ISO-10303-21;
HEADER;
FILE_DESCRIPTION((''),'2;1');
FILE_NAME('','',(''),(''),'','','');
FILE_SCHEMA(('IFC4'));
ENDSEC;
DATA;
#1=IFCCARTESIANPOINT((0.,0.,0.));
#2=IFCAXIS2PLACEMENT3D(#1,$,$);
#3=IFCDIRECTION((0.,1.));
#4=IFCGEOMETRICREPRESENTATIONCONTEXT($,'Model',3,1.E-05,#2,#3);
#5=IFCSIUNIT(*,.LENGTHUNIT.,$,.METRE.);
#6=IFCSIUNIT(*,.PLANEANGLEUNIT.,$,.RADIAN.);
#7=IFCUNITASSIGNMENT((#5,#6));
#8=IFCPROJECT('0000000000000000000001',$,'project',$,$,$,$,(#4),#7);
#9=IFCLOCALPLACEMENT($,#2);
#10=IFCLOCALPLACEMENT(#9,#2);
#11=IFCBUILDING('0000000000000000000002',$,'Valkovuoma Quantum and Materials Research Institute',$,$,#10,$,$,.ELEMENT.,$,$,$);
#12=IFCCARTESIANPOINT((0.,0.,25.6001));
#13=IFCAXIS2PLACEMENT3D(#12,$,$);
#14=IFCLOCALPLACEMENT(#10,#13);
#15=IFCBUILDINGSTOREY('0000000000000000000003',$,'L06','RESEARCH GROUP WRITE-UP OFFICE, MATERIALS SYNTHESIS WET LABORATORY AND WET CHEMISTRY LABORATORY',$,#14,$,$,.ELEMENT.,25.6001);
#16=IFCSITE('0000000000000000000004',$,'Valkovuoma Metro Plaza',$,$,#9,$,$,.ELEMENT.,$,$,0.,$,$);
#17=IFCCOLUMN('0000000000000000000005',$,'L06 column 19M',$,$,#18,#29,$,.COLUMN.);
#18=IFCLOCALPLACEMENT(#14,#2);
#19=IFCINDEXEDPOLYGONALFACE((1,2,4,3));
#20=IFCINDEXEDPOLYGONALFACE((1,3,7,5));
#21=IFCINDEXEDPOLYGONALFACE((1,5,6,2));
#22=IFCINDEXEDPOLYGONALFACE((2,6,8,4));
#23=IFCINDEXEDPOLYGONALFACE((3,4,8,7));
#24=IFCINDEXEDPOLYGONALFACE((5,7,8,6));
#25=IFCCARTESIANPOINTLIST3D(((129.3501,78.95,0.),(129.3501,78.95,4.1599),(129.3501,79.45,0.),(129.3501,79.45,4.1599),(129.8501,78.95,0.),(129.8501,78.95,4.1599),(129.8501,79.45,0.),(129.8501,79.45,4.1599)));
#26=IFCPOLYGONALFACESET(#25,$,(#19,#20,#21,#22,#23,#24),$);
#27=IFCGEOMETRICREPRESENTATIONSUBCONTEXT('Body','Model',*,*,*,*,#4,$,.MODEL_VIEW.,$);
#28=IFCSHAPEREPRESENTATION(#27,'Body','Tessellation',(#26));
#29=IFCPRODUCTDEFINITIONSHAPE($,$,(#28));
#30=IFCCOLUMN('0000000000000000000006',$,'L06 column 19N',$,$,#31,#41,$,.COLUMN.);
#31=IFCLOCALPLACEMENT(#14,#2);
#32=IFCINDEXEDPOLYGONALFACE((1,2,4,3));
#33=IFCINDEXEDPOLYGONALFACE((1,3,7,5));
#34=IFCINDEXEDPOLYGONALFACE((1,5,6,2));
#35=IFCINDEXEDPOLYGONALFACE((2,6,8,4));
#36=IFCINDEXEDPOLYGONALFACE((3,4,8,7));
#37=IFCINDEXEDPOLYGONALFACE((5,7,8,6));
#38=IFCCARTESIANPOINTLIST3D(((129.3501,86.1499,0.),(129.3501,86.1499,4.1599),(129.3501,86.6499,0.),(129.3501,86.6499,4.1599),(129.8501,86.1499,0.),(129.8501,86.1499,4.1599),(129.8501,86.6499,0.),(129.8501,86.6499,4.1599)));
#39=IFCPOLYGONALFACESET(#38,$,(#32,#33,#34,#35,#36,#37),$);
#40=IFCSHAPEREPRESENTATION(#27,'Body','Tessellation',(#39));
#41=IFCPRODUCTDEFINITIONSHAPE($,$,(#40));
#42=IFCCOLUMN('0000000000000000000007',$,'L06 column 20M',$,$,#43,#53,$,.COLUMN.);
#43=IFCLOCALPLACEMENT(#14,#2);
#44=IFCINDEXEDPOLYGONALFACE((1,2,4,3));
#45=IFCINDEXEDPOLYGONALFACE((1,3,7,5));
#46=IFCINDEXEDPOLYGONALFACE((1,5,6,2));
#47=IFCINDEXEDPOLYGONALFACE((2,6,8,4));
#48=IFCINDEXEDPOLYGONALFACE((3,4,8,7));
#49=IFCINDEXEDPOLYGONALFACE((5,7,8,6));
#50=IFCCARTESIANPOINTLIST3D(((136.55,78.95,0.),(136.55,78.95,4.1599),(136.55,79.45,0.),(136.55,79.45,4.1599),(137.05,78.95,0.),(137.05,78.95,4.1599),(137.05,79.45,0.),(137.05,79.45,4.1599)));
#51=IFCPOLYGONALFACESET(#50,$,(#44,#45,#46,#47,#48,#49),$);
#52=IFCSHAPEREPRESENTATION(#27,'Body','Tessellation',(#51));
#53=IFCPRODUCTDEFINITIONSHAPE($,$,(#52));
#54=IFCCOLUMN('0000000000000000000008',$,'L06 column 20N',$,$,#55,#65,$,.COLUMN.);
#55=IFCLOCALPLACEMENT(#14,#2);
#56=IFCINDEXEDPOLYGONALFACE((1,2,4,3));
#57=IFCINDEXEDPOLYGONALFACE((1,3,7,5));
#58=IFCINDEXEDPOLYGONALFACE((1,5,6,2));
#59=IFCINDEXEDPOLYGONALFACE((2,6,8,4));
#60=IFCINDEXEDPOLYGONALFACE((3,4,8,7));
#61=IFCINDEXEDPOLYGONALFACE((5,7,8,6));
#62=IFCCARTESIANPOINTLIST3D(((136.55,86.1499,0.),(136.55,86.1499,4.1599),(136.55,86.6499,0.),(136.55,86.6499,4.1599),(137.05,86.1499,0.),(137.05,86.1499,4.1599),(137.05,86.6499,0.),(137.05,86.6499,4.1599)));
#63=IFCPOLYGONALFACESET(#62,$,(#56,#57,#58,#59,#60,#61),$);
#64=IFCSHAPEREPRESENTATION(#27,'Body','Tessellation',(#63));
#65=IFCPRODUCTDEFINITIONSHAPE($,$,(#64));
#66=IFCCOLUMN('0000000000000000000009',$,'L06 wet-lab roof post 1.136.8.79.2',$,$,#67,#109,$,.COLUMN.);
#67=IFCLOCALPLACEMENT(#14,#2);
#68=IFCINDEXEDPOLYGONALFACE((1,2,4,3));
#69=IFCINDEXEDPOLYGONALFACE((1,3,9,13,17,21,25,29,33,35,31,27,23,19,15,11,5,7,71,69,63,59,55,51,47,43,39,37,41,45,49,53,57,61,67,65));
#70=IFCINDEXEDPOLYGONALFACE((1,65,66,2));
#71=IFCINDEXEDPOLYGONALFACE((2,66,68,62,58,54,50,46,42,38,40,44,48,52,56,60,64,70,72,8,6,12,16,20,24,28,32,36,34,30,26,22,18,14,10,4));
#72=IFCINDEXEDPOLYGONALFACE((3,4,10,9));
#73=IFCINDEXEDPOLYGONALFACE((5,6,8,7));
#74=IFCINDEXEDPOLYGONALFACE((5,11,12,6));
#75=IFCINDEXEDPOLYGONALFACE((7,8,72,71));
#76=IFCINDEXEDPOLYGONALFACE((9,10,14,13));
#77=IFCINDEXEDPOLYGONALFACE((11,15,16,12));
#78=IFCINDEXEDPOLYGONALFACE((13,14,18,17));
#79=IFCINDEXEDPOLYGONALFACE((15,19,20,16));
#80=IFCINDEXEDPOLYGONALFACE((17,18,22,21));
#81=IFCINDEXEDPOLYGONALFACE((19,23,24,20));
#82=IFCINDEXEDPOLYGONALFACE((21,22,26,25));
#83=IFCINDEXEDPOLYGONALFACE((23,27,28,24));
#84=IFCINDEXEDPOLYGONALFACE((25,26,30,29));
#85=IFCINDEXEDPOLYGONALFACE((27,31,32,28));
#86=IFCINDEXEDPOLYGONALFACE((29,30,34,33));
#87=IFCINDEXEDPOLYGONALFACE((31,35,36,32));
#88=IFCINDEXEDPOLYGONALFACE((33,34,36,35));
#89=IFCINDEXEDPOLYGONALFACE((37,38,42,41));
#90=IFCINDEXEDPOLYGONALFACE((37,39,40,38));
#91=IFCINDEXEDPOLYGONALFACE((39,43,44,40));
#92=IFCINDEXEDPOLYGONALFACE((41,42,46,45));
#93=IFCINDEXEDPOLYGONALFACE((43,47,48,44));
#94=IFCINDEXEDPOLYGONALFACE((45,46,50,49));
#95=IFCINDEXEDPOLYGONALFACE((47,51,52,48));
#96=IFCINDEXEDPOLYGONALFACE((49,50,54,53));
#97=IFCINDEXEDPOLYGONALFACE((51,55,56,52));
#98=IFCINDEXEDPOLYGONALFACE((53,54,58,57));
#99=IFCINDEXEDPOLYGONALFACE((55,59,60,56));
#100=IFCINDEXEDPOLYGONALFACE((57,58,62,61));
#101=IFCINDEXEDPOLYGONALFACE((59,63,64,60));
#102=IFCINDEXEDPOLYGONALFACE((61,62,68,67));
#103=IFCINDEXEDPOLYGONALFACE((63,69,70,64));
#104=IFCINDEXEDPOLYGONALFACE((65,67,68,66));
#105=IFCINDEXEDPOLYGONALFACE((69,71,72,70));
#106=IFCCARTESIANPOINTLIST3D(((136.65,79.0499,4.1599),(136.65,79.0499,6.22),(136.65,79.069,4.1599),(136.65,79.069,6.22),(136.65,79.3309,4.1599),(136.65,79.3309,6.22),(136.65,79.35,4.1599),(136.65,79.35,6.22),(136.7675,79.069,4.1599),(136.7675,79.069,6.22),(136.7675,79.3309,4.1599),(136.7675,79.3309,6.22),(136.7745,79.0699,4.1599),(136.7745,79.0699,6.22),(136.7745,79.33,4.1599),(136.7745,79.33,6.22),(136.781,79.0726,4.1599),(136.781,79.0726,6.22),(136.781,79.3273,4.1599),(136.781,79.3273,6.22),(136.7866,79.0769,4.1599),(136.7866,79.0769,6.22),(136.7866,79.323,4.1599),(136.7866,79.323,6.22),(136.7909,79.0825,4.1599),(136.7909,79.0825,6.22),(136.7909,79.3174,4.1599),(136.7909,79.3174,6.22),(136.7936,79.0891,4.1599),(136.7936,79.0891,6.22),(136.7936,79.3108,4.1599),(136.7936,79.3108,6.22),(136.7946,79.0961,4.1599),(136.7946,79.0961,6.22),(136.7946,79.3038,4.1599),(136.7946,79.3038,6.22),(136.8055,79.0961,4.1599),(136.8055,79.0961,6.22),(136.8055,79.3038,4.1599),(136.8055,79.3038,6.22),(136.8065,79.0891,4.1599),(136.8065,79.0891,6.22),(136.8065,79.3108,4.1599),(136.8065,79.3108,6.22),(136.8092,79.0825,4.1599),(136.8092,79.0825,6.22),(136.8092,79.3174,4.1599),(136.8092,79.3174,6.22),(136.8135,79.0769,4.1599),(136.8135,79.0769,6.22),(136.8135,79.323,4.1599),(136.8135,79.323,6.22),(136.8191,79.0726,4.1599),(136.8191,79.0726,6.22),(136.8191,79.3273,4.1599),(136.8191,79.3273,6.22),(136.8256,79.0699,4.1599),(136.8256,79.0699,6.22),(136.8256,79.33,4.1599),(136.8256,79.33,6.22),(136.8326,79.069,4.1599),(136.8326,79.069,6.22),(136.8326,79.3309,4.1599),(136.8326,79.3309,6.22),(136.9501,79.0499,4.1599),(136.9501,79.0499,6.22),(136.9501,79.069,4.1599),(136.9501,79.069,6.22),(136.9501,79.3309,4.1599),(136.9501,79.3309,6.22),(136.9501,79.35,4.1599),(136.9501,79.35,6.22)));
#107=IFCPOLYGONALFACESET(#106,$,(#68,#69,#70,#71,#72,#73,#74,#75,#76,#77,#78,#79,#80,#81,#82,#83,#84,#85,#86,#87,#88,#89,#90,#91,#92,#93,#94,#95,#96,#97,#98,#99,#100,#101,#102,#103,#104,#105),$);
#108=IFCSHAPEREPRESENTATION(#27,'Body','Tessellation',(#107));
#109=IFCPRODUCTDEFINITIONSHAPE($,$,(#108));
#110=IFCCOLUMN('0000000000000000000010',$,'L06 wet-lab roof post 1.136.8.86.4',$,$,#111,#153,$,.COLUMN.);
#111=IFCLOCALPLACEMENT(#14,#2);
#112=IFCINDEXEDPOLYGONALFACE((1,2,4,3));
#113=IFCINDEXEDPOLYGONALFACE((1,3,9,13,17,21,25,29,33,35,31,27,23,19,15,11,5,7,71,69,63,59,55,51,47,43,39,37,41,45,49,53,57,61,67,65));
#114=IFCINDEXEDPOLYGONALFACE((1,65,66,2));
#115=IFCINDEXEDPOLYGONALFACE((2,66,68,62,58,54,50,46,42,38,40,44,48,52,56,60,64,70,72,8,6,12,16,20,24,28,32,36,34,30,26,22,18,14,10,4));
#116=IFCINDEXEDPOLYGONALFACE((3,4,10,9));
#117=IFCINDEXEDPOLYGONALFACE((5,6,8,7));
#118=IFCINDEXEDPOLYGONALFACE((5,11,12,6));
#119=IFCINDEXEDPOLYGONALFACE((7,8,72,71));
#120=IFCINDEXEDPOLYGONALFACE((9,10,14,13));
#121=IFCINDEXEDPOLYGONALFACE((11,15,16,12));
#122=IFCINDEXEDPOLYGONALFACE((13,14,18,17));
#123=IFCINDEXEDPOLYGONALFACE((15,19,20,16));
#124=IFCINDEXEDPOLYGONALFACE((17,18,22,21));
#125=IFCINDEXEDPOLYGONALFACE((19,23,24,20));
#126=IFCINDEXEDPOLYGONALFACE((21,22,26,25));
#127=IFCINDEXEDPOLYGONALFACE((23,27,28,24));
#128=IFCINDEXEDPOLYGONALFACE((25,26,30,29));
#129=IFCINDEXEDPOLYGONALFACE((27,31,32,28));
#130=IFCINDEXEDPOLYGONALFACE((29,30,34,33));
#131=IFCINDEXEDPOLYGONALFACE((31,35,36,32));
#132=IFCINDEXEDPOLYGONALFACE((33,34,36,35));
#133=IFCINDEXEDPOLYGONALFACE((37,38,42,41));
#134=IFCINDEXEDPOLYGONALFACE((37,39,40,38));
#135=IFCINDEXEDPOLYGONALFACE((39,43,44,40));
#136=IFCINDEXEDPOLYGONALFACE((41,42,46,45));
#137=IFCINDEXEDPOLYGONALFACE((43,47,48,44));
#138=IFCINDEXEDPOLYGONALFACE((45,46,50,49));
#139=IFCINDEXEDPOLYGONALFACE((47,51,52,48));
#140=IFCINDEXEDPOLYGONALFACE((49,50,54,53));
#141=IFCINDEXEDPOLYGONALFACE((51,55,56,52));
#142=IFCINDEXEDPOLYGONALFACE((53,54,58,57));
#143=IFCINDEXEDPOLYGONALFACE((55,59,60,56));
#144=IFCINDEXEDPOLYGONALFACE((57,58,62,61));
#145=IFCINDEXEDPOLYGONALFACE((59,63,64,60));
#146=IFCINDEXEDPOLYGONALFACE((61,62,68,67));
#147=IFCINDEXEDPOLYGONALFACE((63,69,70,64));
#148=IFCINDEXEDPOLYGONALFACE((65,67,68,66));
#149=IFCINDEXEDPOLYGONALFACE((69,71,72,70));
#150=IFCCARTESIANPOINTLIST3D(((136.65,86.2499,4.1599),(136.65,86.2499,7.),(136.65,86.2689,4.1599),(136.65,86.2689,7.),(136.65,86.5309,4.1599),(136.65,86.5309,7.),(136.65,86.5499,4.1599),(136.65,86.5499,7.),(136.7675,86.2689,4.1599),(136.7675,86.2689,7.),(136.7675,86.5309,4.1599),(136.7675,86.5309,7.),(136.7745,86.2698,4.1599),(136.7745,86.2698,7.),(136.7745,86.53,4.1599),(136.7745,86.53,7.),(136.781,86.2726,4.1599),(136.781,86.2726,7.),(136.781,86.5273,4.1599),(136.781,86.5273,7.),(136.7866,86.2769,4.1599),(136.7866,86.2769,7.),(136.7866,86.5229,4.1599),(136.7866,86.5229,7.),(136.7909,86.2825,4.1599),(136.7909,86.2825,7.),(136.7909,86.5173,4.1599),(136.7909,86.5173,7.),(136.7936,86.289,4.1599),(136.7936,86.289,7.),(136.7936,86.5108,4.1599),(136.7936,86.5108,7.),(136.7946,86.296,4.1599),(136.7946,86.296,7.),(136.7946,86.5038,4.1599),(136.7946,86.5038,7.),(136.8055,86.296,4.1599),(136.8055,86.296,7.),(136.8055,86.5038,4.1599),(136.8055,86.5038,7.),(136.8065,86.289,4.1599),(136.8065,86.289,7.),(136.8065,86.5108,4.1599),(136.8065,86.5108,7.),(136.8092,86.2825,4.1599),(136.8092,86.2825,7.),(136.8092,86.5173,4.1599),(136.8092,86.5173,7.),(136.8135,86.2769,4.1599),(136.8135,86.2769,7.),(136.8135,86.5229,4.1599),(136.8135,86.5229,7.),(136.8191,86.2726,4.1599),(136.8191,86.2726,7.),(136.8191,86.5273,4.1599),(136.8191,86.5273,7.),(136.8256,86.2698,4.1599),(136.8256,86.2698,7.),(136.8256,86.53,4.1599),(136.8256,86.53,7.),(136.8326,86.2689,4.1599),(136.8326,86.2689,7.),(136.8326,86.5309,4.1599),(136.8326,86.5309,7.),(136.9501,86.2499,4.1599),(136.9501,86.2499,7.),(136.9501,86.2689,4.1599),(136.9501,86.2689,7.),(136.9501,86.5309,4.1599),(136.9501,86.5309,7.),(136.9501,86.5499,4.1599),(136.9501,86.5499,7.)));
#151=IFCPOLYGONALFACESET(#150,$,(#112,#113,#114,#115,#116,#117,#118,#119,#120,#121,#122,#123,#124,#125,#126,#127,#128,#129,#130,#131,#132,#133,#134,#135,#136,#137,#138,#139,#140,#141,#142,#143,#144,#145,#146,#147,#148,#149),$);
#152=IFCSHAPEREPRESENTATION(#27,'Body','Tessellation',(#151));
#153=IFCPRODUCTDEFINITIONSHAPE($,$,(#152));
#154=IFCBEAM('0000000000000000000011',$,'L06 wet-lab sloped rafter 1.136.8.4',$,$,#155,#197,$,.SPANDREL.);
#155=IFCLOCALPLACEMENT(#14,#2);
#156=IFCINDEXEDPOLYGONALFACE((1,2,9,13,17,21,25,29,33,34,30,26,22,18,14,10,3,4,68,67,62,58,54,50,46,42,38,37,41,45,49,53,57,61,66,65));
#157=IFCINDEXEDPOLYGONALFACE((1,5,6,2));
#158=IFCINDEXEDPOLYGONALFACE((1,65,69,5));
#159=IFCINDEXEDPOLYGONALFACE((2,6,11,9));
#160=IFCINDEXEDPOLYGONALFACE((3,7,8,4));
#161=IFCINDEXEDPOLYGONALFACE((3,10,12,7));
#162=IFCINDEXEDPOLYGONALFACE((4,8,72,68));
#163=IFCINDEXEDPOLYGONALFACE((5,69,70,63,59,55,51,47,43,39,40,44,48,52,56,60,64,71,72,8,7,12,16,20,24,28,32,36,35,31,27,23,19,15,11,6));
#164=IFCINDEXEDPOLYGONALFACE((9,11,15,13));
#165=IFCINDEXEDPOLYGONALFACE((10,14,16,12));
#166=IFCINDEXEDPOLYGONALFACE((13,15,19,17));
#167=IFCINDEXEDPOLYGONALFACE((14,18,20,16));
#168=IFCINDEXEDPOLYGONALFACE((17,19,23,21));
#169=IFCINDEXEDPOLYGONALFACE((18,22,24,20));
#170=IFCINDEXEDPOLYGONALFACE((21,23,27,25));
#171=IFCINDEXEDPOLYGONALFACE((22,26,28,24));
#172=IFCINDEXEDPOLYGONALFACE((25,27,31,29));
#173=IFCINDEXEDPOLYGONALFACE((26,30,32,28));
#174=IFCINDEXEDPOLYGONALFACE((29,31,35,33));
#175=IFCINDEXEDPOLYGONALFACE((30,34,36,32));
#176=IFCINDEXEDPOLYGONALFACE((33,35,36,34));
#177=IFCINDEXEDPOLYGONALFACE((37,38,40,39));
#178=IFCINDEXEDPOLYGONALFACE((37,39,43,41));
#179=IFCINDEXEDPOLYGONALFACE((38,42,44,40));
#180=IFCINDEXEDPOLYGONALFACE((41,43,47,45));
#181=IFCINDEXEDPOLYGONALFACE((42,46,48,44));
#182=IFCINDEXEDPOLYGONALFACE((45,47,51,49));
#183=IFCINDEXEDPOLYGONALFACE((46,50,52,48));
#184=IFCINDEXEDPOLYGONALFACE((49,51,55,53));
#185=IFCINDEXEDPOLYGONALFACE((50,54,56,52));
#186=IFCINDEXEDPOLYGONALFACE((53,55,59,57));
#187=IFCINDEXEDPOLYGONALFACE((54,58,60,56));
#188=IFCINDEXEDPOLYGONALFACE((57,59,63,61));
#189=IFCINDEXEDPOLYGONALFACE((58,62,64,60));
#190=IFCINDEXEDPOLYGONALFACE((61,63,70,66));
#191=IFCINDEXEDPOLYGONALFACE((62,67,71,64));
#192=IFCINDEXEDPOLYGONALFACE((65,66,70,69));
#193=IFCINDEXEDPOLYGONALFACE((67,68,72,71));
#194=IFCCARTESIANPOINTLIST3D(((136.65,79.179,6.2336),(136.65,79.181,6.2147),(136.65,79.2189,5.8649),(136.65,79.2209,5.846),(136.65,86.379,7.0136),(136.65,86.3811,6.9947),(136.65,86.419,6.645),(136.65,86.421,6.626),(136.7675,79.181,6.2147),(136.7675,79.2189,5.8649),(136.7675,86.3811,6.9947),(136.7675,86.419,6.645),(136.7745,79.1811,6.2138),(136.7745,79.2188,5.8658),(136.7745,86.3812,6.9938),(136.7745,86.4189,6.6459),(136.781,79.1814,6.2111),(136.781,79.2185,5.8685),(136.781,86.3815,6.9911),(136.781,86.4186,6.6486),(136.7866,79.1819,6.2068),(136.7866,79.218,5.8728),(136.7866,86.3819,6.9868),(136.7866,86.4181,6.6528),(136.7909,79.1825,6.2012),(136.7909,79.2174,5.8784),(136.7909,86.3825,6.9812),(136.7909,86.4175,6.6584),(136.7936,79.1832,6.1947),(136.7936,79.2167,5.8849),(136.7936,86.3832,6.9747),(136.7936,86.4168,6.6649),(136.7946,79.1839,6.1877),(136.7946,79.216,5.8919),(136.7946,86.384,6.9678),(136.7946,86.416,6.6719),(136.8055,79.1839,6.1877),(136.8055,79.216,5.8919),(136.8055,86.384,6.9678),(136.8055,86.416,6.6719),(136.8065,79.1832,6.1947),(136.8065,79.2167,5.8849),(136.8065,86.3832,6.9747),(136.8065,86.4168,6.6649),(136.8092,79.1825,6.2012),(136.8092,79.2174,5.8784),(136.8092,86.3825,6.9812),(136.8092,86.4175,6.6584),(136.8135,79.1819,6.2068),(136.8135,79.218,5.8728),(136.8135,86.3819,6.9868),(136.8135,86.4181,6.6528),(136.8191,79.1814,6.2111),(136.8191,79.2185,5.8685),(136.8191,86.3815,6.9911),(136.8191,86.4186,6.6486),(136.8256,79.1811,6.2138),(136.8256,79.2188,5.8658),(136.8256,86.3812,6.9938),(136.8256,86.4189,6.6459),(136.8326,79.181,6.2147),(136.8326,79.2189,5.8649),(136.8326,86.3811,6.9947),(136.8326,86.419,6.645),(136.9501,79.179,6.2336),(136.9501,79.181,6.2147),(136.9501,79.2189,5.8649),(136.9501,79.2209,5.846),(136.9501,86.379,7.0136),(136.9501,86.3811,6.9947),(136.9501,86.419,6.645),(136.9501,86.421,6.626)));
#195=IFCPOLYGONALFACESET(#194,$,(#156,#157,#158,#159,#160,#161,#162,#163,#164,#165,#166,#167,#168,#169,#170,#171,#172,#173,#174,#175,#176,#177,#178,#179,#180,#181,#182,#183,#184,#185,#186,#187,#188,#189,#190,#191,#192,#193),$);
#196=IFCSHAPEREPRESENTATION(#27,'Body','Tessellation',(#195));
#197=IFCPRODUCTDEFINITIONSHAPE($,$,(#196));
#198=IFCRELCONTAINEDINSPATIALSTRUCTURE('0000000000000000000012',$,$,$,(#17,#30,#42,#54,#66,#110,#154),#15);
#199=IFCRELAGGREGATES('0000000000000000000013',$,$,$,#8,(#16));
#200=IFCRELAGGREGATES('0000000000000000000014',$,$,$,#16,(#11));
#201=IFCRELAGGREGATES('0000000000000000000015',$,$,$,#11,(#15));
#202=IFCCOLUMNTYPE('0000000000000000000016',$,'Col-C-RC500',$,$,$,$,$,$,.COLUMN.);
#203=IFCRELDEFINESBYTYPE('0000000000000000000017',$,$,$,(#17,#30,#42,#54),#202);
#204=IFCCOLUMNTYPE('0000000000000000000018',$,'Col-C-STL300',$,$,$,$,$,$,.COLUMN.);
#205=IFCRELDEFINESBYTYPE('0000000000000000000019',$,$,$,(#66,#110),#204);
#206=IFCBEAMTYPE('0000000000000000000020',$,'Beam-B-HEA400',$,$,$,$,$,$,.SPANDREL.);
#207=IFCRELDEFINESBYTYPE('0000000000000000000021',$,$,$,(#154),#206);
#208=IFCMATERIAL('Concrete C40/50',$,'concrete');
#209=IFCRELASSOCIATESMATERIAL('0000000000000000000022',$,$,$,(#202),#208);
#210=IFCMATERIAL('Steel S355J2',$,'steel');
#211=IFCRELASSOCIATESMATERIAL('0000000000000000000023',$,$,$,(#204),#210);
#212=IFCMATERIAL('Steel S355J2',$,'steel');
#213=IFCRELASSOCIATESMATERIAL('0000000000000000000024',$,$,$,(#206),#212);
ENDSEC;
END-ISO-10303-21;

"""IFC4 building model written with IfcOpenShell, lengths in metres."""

from ifc_helpers import new_model, si_unit, direction, frame, origin, origin_2d, place, context, subcontext, project, spatial, rectangle, i_section, extrude, material, material_profile, profile_set, type_object, element, save


model = new_model("IFC4")

# Units and contexts
model_context = context("Model", 3, precision=1e-05, world=origin(), true_north=direction((0.0, 1.0)))
body_context = subcontext(model_context, "Body", "Model", "MODEL_VIEW")
ifc_project = project(units=[si_unit("LENGTHUNIT", "METRE"), si_unit("PLANEANGLEUNIT", "RADIAN")], contexts=[model_context])

# Site, building, storey
site_placement = place(None, origin())
site = spatial("IfcSite", under=ifc_project, at=site_placement, Name="Valkovuoma Metro Plaza", CompositionType="ELEMENT", RefElevation=0.0)
building_placement = place(site_placement, origin())
building = spatial("IfcBuilding", under=site, at=building_placement, Name="Valkovuoma Quantum and Materials Research Institute", CompositionType="ELEMENT")
storey_placement = place(building_placement, frame((0.0, 0.0, 25.6001)))
storey = spatial("IfcBuildingStorey", under=building, at=storey_placement, Name="L06", Description="RESEARCH GROUP WRITE-UP OFFICE, MATERIALS SYNTHESIS WET LABORATORY AND WET CHEMISTRY LABORATORY", CompositionType="ELEMENT", Elevation=25.6001)

# Columns
ifc_material_1 = material(Name="Concrete C40/50", Category="concrete")
ifc_material_profile_1 = material_profile(ifc_material_1, rectangle(XDim=0.5, YDim=0.5, at=origin_2d()), Name="Concrete C40/50")
ifc_profile_set_1 = profile_set([ifc_material_profile_1], Name="Concrete C40/50")
column_type_1 = type_object("IfcColumnType", Name="Col-C-RC500", PredefinedType="COLUMN", material=ifc_profile_set_1)
for number, where, z_axis, x_axis, name in (
    (1, (129.6001, 79.2, 0.0), (0.0, 0.0, 1.0), (1.0, 0.0, 0.0), "L06 column 19M"),
    (2, (129.6001, 86.3999, 0.0), (0.0, 0.0, 1.0), (1.0, 0.0, 0.0), "L06 column 19N"),
    (3, (136.8, 79.2, 0.0), (0.0, 0.0, 1.0), (1.0, 0.0, 0.0), "L06 column 20M"),
    (4, (136.8, 86.3999, 0.0), (0.0, 0.0, 1.0), (1.0, 0.0, 0.0), "L06 column 20N"),
):
    element("IfcColumn", number, at=place(storey_placement, frame(where, z_axis=z_axis, x_axis=x_axis)), inside=storey, type_object=column_type_1, Name=name, PredefinedType="COLUMN", context=body_context, shape_type="SweptSolid", body=[
        extrude(rectangle(XDim=0.5, YDim=0.5, at=origin_2d()), origin(), (0.0, 0.0, 1.0), 4.1599),
    ])
ifc_material_2 = material(Name="Steel S355J2", Category="steel")
ifc_material_profile_2 = material_profile(ifc_material_2, i_section(OverallWidth=0.3, OverallDepth=0.3, WebThickness=0.011, FlangeThickness=0.019, FilletRadius=0.0271, at=origin_2d()), Name="Steel S355J2")
ifc_profile_set_2 = profile_set([ifc_material_profile_2], Name="Steel S355J2")
column_type_2 = type_object("IfcColumnType", Name="Col-C-STL300", PredefinedType="COLUMN", material=ifc_profile_set_2)
column_1_placement = place(storey_placement, frame((136.8, 79.2, 4.1599), z_axis=(0.0, 0.0, 1.0), x_axis=(1.0, 0.0, 0.0)))
element("IfcColumn", 5, at=column_1_placement, inside=storey, type_object=column_type_2, Name="L06 wet-lab roof post 1.136.8.79.2", PredefinedType="COLUMN", context=body_context, shape_type="SweptSolid", body=[
    extrude(i_section(OverallWidth=0.3, OverallDepth=0.3, WebThickness=0.011, FlangeThickness=0.019, FilletRadius=0.0271, at=origin_2d()), origin(), (0.0, 0.0, 1.0), 2.0601),
])
column_2_placement = place(storey_placement, frame((136.8, 86.3999, 4.1599), z_axis=(0.0, 0.0, 1.0), x_axis=(1.0, 0.0, 0.0)))
element("IfcColumn", 6, at=column_2_placement, inside=storey, type_object=column_type_2, Name="L06 wet-lab roof post 1.136.8.86.4", PredefinedType="COLUMN", context=body_context, shape_type="SweptSolid", body=[
    extrude(i_section(OverallWidth=0.3, OverallDepth=0.3, WebThickness=0.011, FlangeThickness=0.019, FilletRadius=0.0271, at=origin_2d()), origin(), (0.0, 0.0, 1.0), 2.8401),
])

# Beam
ifc_material_3 = material(Name="Steel S355J2", Category="steel")
ifc_material_profile_3 = material_profile(ifc_material_3, i_section(OverallWidth=0.3, OverallDepth=0.3899, WebThickness=0.011, FlangeThickness=0.019, FilletRadius=0.0271, at=origin_2d()), Name="Steel S355J2")
ifc_profile_set_3 = profile_set([ifc_material_profile_3], Name="Steel S355J2")
beam_type_1 = type_object("IfcBeamType", Name="Beam-B-HEA400", PredefinedType="SPANDREL", material=ifc_profile_set_3)
beam_1_placement = place(storey_placement, frame((136.8, 79.2, 6.0398), z_axis=(0.0, 0.994183, 0.107708), x_axis=(-1.0, 0.0, 0.0)))
element("IfcBeam", 7, at=beam_1_placement, inside=storey, type_object=beam_type_1, Name="L06 wet-lab sloped rafter 1.136.8.4", PredefinedType="SPANDREL", context=body_context, shape_type="SweptSolid", body=[
    extrude(i_section(OverallWidth=0.3, OverallDepth=0.3899, WebThickness=0.011, FlangeThickness=0.019, FilletRadius=0.0271, at=origin_2d()), origin(), (0.0, 0.0, 1.0), 7.2422),
])

save(model, "model.ifc")
